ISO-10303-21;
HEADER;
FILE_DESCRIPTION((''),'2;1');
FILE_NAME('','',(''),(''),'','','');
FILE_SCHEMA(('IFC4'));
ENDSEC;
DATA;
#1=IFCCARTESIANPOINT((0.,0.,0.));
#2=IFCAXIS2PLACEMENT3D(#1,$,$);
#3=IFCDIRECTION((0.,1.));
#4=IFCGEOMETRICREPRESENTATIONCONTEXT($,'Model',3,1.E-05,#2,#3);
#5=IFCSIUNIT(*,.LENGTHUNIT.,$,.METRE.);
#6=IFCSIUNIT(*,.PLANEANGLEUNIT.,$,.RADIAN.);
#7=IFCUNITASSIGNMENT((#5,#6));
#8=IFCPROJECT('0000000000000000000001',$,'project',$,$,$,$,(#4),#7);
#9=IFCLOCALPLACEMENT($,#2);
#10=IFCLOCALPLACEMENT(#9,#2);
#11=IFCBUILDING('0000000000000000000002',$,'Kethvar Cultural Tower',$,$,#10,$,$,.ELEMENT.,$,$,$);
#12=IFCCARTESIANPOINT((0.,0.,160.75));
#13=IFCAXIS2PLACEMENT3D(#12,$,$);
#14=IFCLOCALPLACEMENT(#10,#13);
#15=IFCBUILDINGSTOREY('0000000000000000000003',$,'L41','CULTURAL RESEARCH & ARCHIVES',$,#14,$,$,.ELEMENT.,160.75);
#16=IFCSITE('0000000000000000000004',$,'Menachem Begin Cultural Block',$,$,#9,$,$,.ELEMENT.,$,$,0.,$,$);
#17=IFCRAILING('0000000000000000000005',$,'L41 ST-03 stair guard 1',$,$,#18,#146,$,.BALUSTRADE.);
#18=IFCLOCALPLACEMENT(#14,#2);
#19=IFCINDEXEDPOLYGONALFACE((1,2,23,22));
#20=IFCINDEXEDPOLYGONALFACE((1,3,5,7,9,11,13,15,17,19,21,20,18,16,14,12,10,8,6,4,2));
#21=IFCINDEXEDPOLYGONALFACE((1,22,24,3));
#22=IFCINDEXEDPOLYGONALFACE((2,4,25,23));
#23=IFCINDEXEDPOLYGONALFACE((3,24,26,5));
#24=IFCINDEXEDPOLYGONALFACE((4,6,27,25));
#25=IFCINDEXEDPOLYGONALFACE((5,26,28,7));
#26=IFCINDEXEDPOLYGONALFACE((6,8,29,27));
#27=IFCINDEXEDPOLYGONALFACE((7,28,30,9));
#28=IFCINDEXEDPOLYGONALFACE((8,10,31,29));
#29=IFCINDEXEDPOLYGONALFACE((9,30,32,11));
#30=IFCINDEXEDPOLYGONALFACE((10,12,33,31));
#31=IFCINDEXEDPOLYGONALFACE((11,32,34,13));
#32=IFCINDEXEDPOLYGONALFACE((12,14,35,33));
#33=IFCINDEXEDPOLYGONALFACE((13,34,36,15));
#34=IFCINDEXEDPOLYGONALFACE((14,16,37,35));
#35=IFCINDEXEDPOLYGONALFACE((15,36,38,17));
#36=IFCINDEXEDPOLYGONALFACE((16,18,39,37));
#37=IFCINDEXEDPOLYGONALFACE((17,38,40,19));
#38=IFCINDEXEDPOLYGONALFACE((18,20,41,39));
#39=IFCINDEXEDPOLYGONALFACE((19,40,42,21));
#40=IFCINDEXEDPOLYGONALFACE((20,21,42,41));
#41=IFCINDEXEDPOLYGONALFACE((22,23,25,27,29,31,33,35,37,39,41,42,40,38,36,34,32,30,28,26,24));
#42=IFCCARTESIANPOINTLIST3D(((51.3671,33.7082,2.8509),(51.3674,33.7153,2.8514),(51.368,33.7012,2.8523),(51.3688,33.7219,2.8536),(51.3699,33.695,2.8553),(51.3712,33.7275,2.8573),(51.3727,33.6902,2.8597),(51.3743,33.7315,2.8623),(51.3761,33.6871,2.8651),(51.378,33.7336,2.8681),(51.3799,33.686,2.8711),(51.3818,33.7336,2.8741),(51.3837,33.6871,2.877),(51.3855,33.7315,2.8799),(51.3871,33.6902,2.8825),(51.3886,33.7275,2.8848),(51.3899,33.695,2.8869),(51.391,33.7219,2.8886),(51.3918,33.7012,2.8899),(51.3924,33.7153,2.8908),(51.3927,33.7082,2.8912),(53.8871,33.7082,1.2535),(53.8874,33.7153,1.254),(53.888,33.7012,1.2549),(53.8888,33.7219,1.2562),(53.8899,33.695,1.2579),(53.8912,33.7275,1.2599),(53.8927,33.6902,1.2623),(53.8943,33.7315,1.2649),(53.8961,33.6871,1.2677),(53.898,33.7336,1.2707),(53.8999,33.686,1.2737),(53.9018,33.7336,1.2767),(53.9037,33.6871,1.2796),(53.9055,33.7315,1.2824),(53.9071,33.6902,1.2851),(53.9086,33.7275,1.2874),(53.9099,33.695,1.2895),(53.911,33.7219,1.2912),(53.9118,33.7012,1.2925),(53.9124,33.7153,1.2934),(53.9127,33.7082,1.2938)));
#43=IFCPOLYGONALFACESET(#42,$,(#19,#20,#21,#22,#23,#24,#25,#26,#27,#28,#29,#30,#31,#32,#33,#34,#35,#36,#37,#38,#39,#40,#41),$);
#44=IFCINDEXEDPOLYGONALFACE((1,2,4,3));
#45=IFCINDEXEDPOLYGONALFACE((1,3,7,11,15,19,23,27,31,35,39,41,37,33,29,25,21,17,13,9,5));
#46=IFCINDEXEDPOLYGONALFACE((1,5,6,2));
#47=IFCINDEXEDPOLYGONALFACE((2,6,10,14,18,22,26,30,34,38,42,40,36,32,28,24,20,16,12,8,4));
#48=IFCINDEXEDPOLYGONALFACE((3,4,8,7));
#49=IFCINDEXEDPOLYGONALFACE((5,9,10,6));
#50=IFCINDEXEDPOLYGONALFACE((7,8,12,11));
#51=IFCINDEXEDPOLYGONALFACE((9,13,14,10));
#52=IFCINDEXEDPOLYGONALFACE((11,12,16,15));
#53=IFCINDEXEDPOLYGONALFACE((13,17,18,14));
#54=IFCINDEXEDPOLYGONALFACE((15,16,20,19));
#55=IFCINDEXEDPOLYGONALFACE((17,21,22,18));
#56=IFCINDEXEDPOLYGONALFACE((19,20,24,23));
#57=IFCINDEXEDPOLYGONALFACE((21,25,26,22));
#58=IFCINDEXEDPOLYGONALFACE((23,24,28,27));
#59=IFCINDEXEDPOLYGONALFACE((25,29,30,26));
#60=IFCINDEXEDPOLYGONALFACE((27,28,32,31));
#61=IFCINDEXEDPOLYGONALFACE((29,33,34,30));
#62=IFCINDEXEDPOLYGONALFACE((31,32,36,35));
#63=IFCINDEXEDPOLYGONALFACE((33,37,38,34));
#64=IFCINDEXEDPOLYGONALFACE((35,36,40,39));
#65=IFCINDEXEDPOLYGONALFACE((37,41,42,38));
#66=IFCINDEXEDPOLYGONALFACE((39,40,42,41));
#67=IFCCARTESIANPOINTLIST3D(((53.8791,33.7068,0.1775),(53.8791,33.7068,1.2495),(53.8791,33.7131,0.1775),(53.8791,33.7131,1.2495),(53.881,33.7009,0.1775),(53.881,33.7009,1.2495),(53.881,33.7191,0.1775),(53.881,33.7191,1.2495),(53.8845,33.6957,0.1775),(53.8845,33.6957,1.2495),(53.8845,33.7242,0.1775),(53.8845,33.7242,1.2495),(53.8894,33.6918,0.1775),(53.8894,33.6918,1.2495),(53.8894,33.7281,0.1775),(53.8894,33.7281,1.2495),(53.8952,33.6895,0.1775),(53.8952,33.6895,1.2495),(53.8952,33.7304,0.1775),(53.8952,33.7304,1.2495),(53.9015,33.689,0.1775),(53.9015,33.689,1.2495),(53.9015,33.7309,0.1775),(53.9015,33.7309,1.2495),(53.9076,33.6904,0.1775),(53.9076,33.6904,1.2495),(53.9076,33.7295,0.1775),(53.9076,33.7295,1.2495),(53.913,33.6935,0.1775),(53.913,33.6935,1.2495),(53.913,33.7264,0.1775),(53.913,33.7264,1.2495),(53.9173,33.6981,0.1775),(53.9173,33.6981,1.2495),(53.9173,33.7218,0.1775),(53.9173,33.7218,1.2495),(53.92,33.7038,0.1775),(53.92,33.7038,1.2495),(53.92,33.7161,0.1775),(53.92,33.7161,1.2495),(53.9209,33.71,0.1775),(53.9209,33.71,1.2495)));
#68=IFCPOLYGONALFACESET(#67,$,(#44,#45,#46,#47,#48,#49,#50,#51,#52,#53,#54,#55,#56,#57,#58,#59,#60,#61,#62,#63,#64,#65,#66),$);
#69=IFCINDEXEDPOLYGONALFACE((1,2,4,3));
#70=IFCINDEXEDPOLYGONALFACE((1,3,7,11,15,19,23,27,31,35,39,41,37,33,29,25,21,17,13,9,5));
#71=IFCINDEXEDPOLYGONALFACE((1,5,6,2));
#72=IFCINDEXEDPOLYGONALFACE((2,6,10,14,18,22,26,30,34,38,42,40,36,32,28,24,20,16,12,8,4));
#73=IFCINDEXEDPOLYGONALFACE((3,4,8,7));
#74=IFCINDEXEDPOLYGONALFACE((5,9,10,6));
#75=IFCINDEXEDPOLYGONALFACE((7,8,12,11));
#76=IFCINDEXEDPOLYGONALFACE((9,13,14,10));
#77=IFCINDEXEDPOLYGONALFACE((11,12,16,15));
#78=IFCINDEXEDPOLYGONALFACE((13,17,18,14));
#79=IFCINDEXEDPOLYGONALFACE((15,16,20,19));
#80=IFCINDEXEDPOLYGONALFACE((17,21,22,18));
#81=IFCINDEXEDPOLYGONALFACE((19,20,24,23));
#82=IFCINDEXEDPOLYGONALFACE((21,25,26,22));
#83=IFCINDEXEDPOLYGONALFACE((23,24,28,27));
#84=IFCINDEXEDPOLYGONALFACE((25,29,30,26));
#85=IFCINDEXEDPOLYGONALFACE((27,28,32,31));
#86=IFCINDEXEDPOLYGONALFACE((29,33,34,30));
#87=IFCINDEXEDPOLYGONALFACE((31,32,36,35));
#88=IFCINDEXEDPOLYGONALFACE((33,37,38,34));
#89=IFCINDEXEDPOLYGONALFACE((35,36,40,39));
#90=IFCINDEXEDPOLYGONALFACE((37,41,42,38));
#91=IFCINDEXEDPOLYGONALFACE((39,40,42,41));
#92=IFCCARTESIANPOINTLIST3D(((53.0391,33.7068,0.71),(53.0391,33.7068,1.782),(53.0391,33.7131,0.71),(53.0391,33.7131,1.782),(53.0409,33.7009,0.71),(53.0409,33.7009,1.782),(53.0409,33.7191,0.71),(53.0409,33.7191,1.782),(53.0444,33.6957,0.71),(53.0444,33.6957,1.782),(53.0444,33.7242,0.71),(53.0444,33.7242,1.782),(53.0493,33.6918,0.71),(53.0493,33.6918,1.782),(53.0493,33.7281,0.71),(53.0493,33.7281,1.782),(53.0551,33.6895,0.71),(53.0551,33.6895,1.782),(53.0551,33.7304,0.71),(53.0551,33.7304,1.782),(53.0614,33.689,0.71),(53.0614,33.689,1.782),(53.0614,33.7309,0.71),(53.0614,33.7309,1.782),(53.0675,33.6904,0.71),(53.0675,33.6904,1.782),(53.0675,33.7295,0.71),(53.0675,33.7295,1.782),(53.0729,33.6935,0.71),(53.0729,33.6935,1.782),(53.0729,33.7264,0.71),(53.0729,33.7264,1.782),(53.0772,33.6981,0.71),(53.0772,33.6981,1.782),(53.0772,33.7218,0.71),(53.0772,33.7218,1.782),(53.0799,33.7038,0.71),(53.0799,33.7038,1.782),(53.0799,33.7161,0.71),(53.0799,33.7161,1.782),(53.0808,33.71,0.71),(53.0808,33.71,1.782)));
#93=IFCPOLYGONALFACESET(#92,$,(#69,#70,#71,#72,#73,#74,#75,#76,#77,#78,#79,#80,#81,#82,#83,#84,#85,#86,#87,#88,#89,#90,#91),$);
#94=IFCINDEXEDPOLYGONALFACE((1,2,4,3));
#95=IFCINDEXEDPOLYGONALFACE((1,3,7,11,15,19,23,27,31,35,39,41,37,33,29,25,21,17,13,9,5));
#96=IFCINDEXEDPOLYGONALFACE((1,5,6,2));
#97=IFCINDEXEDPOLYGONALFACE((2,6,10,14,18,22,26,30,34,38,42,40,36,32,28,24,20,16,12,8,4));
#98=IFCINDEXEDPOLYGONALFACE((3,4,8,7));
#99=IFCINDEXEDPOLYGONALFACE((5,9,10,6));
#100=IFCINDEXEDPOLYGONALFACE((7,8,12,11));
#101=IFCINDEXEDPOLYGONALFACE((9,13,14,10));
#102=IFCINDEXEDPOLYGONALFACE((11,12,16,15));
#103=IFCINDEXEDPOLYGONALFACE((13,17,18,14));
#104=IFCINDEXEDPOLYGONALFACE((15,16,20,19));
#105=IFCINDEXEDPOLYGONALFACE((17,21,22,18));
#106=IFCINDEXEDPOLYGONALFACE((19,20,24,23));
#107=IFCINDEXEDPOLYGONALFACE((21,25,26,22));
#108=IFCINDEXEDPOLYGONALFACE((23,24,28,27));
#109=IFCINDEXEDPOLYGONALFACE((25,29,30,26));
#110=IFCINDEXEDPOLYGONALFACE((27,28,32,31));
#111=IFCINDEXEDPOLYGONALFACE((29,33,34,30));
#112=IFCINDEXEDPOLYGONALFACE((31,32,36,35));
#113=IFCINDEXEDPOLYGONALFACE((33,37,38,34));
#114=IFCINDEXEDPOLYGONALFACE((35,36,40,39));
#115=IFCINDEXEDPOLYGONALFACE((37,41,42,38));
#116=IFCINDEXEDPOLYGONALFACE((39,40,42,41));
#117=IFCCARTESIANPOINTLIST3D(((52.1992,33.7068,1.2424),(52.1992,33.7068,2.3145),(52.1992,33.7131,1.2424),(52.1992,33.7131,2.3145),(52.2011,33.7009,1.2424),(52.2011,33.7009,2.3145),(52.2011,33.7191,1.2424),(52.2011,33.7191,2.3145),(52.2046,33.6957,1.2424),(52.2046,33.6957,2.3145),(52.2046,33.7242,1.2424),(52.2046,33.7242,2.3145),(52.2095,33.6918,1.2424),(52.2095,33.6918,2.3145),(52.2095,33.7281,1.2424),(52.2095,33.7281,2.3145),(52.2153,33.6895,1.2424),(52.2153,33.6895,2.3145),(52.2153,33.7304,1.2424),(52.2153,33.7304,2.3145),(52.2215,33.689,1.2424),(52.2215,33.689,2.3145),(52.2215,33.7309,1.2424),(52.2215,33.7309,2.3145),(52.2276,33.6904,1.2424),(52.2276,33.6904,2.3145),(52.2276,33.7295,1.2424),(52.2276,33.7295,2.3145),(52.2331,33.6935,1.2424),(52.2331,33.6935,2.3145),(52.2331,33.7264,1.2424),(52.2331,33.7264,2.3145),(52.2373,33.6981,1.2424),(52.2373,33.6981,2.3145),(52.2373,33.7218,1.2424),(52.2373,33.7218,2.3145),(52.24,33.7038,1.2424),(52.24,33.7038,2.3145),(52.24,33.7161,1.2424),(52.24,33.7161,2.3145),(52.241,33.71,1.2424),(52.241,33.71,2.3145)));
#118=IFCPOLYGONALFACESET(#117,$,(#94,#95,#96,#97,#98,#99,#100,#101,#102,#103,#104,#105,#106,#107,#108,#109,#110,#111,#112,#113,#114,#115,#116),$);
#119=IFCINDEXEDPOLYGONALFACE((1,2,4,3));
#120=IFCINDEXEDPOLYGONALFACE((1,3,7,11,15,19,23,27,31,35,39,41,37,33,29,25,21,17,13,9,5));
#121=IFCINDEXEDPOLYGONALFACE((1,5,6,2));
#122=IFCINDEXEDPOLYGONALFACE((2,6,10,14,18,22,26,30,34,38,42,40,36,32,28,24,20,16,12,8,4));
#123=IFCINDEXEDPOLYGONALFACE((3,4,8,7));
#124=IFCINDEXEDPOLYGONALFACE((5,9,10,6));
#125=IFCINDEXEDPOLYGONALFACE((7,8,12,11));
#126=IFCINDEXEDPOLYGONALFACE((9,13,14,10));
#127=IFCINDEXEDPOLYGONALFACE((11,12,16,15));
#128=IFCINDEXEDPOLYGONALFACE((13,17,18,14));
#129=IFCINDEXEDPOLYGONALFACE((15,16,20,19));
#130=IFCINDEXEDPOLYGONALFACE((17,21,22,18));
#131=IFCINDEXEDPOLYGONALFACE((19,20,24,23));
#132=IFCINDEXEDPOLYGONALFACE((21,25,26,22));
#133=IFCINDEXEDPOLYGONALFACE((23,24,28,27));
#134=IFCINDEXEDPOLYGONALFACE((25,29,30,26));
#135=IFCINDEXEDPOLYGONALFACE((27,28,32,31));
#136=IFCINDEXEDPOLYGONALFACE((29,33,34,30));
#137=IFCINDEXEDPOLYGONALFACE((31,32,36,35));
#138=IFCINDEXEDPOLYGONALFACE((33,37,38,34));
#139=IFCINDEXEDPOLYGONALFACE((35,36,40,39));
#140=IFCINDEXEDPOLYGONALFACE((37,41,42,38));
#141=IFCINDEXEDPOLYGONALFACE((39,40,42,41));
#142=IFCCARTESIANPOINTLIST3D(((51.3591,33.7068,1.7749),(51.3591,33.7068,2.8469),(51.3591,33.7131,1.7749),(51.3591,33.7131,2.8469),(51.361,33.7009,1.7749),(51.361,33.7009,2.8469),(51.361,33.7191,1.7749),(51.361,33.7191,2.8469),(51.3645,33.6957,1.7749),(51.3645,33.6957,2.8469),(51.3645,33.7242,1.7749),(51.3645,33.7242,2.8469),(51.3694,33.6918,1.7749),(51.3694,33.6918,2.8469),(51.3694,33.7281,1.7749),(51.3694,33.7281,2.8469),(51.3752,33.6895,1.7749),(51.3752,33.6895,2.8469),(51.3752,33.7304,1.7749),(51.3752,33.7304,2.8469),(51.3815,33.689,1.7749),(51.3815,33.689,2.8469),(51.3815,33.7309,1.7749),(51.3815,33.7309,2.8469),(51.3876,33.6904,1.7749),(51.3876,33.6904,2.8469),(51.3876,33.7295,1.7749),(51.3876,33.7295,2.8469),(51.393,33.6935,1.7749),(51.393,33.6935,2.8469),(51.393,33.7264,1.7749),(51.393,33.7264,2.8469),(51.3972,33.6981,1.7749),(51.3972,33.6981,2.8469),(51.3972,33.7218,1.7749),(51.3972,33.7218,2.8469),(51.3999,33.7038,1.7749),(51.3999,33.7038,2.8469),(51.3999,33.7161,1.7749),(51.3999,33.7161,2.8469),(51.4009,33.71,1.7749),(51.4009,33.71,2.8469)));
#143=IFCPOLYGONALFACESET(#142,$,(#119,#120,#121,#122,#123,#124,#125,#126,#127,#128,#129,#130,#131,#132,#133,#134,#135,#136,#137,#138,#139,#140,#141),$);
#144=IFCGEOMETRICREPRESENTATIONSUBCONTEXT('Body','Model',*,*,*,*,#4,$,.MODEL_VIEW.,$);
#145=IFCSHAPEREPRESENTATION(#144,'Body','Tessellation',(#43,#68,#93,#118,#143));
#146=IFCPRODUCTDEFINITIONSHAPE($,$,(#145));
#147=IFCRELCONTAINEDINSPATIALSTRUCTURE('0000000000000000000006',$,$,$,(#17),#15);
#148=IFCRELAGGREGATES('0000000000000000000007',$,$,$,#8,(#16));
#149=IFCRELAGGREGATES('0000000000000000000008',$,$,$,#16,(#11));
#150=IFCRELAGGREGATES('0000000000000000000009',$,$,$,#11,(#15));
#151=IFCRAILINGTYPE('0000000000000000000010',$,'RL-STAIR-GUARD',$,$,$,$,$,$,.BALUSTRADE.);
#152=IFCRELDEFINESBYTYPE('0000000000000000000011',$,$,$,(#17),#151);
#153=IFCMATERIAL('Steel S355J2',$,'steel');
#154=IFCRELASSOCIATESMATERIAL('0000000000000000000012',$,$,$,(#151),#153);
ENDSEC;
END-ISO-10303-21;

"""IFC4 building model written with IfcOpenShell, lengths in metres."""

from ifc_helpers import new_model, si_unit, direction, frame, origin, origin_2d, place, context, subcontext, project, spatial, circle, extrude, material, type_object, element, save


model = new_model("IFC4")

# Units and contexts
model_context = context("Model", 3, precision=1e-05, world=origin(), true_north=direction((0.0, 1.0)))
body_context = subcontext(model_context, "Body", "Model", "MODEL_VIEW")
ifc_project = project(units=[si_unit("LENGTHUNIT", "METRE"), si_unit("PLANEANGLEUNIT", "RADIAN")], contexts=[model_context])

# Site, building, storey
site_placement = place(None, origin())
site = spatial("IfcSite", under=ifc_project, at=site_placement, Name="Menachem Begin Cultural Block", CompositionType="ELEMENT", RefElevation=0.0)
building_placement = place(site_placement, origin())
building = spatial("IfcBuilding", under=site, at=building_placement, Name="Kethvar Cultural Tower", CompositionType="ELEMENT")
storey_placement = place(building_placement, frame((0.0, 0.0, 160.75)))
storey = spatial("IfcBuildingStorey", under=building, at=storey_placement, Name="L41", Description="CULTURAL RESEARCH & ARCHIVES", CompositionType="ELEMENT", Elevation=160.75)

# Shared definitions
ifc_material_1 = material(Name="Steel S355J2", Category="steel")

# Railing
railing_type_1 = type_object("IfcRailingType", Name="RL-STAIR-GUARD", PredefinedType="BALUSTRADE", material=ifc_material_1)
railing_1_placement = place(storey_placement, frame((53.8999, 33.71, 0.1775)))
element("IfcRailing", 1, at=railing_1_placement, inside=storey, type_object=railing_type_1, Name="L41 ST-03 stair guard 1", PredefinedType="BALUSTRADE", context=body_context, shape_type="SweptSolid", body=[
    extrude(circle(Radius=0.0239, at=origin_2d()), frame((0.0, 0.0, 1.0962), z_axis=(-0.844607, 0.0, 0.535387), x_axis=(0.0, -1.0, 0.0)), (0.0, 0.0, 1.0), 2.9836),
    extrude(circle(Radius=0.021, at=origin_2d()), origin(), (0.0, 0.0, 1.0), 1.072),
    extrude(circle(Radius=0.021, at=origin_2d()), frame((-0.8401, 0.0, 0.5325)), (0.0, 0.0, 1.0), 1.072),
    extrude(circle(Radius=0.021, at=origin_2d()), frame((-1.6799, 0.0, 1.0649)), (0.0, 0.0, 1.0), 1.072),
    extrude(circle(Radius=0.021, at=origin_2d()), frame((-2.52, 0.0, 1.5974)), (0.0, 0.0, 1.0), 1.072),
])

save(model, "model.ifc")
